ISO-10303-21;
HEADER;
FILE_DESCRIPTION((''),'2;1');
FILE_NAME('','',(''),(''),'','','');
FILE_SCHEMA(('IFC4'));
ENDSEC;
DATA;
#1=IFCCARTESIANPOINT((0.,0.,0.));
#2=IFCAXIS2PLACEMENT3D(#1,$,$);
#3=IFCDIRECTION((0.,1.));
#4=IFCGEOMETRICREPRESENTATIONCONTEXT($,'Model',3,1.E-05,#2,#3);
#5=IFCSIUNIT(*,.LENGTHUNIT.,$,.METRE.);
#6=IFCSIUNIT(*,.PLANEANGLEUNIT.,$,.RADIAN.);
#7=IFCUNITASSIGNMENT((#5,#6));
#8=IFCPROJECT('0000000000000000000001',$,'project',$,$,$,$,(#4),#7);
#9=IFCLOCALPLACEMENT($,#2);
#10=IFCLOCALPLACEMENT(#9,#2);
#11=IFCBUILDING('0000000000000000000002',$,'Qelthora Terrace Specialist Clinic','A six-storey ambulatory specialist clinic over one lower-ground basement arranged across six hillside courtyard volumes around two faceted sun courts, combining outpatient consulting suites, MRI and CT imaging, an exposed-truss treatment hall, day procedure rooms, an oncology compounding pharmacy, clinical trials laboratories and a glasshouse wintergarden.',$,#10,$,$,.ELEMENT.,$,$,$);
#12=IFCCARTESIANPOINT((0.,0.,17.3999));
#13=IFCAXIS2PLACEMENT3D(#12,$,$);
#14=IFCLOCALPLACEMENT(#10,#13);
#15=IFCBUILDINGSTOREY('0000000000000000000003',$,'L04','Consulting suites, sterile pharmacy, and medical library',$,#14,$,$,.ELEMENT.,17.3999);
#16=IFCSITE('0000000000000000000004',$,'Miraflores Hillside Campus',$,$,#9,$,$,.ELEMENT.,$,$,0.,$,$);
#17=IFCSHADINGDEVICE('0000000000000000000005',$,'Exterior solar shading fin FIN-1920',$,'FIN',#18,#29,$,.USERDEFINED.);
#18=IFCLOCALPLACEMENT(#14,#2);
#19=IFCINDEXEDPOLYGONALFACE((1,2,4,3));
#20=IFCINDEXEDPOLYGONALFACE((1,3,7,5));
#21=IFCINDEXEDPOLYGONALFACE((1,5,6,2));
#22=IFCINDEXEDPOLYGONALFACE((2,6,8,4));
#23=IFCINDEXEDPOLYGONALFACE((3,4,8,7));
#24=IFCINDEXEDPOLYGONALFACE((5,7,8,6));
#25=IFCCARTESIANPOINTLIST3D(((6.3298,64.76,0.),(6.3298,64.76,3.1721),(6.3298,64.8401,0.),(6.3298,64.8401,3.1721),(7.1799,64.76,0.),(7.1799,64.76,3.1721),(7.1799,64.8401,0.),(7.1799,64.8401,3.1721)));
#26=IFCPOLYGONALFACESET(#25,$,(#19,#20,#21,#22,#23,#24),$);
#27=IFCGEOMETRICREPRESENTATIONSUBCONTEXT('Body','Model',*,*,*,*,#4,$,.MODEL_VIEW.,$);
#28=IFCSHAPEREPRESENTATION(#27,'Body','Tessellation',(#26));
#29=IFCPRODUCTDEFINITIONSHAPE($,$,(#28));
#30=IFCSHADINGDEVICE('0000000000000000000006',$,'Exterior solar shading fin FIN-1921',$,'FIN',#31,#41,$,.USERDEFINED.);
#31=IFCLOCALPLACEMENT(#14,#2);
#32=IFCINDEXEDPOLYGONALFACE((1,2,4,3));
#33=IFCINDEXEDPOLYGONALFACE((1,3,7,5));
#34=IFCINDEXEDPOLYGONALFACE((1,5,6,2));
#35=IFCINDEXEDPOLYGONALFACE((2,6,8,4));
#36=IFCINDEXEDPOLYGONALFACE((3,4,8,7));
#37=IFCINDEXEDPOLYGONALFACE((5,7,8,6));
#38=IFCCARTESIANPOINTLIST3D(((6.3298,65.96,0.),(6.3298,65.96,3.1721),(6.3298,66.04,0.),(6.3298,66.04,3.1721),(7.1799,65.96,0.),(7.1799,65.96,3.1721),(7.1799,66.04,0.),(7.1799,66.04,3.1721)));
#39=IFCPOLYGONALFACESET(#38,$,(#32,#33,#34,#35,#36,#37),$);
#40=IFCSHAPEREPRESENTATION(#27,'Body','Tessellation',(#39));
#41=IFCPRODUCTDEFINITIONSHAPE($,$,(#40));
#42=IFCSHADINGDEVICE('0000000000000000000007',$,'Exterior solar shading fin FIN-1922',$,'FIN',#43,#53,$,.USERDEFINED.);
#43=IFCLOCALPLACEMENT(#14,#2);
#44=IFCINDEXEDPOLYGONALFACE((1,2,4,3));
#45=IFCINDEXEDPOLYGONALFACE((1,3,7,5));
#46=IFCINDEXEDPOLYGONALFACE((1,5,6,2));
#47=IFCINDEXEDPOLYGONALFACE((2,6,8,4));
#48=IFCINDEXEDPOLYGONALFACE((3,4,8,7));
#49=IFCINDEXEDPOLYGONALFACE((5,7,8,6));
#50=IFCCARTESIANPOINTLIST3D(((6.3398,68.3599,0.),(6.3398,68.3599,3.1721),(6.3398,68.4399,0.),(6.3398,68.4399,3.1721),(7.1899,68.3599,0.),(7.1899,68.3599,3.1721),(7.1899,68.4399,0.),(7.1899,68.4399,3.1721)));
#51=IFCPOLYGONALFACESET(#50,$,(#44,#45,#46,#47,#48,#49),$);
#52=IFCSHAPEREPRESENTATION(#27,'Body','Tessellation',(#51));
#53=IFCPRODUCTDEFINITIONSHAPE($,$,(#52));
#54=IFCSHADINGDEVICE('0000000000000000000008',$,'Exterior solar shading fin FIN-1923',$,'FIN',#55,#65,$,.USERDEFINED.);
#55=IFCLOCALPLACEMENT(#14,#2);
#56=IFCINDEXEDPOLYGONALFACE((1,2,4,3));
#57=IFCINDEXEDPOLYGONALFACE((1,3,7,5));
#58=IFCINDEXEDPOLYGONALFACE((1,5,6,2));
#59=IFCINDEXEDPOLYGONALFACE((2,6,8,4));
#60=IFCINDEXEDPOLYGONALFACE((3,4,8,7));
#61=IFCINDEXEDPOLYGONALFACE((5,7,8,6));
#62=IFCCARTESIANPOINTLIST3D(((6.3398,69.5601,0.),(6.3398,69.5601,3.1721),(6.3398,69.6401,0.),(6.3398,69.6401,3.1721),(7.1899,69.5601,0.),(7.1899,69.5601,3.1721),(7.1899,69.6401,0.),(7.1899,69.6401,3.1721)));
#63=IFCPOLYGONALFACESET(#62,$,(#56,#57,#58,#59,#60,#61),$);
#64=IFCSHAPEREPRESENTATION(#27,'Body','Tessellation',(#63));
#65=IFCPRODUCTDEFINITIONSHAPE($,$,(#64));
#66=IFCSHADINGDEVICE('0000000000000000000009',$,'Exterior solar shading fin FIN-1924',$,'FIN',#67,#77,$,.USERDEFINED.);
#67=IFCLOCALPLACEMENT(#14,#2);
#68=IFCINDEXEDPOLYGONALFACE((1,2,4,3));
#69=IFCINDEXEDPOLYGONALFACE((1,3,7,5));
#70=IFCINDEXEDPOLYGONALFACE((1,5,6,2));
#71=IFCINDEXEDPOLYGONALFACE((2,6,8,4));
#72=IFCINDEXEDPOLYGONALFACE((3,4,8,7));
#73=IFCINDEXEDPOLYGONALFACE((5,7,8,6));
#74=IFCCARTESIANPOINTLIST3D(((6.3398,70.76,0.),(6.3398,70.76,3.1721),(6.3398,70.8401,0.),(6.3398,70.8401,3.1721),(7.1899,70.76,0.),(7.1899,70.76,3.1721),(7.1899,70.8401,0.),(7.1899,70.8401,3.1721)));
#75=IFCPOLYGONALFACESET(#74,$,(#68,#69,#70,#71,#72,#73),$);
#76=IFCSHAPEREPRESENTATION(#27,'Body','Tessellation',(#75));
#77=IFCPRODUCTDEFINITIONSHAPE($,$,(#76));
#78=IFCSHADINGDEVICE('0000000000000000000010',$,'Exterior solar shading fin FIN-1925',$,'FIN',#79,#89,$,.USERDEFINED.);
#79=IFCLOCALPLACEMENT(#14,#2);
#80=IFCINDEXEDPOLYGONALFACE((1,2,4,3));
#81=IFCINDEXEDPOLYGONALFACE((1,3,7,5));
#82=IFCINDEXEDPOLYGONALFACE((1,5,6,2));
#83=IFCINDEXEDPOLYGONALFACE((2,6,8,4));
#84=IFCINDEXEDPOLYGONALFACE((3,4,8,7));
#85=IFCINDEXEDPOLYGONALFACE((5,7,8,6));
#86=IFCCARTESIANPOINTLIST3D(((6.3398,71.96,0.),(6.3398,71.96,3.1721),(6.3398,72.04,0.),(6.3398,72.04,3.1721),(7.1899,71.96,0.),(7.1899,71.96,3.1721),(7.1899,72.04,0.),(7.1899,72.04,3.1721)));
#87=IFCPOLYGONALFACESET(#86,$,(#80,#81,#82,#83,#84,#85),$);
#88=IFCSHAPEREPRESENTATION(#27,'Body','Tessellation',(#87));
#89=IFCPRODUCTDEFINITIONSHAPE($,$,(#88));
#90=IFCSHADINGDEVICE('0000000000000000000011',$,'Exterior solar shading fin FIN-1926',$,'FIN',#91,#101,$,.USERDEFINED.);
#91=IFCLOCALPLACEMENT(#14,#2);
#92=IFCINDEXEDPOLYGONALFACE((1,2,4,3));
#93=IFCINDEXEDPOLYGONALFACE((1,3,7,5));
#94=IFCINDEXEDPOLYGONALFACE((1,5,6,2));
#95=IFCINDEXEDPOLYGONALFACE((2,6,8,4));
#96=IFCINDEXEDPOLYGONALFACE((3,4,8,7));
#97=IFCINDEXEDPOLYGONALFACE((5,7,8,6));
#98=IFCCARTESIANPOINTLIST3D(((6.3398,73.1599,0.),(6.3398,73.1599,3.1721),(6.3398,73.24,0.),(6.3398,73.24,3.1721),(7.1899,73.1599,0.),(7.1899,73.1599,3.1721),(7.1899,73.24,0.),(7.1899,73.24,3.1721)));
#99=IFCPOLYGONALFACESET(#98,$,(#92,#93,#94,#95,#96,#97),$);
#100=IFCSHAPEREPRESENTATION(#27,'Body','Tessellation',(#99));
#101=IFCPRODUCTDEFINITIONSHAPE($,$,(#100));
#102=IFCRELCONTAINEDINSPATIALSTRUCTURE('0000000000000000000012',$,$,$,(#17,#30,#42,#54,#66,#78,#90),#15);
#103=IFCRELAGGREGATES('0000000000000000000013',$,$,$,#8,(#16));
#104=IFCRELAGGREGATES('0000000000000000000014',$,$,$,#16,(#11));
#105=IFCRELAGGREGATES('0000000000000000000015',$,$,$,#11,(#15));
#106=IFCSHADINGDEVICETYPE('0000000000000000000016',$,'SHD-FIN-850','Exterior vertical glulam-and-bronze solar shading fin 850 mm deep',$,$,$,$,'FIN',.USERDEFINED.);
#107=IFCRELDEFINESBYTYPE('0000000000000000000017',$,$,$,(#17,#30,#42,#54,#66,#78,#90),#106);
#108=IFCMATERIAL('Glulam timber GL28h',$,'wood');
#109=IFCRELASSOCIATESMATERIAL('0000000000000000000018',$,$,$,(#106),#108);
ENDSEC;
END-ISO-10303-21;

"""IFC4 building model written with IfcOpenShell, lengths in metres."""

from ifc_helpers import new_model, si_unit, direction, frame, origin, origin_2d, place, context, subcontext, project, spatial, rectangle, extrude, material, type_object, element, save


model = new_model("IFC4")

# Units and contexts
model_context = context("Model", 3, precision=1e-05, world=origin(), true_north=direction((0.0, 1.0)))
body_context = subcontext(model_context, "Body", "Model", "MODEL_VIEW")
ifc_project = project(units=[si_unit("LENGTHUNIT", "METRE"), si_unit("PLANEANGLEUNIT", "RADIAN")], contexts=[model_context])

# Site, building, storey
site_placement = place(None, origin())
site = spatial("IfcSite", under=ifc_project, at=site_placement, Name="Miraflores Hillside Campus", CompositionType="ELEMENT", RefElevation=0.0)
building_placement = place(site_placement, origin())
building = spatial("IfcBuilding", under=site, at=building_placement, Name="Qelthora Terrace Specialist Clinic", Description="A six-storey ambulatory specialist clinic over one lower-ground basement arranged across six hillside courtyard volumes around two faceted sun courts, combining outpatient consulting suites, MRI and CT imaging, an exposed-truss treatment hall, day procedure rooms, an oncology compounding pharmacy, clinical trials laboratories and a glasshouse wintergarden.", CompositionType="ELEMENT")
storey_placement = place(building_placement, frame((0.0, 0.0, 17.3999)))
storey = spatial("IfcBuildingStorey", under=building, at=storey_placement, Name="L04", Description="Consulting suites, sterile pharmacy, and medical library", CompositionType="ELEMENT", Elevation=17.3999)

# Shading devices
ifc_material_1 = material(Name="Glulam timber GL28h", Category="wood")
shading_device_type = type_object("IfcShadingDeviceType", Name="SHD-FIN-850", Description="Exterior vertical glulam-and-bronze solar shading fin 850 mm deep", ElementType="FIN", PredefinedType="USERDEFINED", material=ifc_material_1)
for number, where, z_axis, x_axis, name in (
    (1, (6.7549, 64.8, 0.0), (0.0, 0.0, 1.0), (-1.0, 0.0, 0.0), "Exterior solar shading fin FIN-1920"),
    (2, (6.7549, 66.0, 0.0), (0.0, 0.0, 1.0), (-1.0, 0.0, 0.0), "Exterior solar shading fin FIN-1921"),
    (3, (6.7649, 68.3999, 0.0), (0.0, 0.0, 1.0), (-1.0, 0.0, 0.0), "Exterior solar shading fin FIN-1922"),
    (4, (6.7649, 69.6001, 0.0), (0.0, 0.0, 1.0), (-1.0, 0.0, 0.0), "Exterior solar shading fin FIN-1923"),
    (5, (6.7649, 70.8, 0.0), (0.0, 0.0, 1.0), (-1.0, 0.0, 0.0), "Exterior solar shading fin FIN-1924"),
    (6, (6.7649, 72.0, 0.0), (0.0, 0.0, 1.0), (-1.0, 0.0, 0.0), "Exterior solar shading fin FIN-1925"),
    (7, (6.7649, 73.2, 0.0), (0.0, 0.0, 1.0), (-1.0, 0.0, 0.0), "Exterior solar shading fin FIN-1926"),
):
    element("IfcShadingDevice", number, at=place(storey_placement, frame(where, z_axis=z_axis, x_axis=x_axis)), inside=storey, type_object=shading_device_type, Name=name, ObjectType="FIN", PredefinedType="USERDEFINED", context=body_context, shape_type="SweptSolid", body=[
        extrude(rectangle(XDim=0.8501, YDim=0.0801, at=origin_2d()), origin(), (0.0, 0.0, 1.0), 3.1721),
    ])

save(model, "model.ifc")
